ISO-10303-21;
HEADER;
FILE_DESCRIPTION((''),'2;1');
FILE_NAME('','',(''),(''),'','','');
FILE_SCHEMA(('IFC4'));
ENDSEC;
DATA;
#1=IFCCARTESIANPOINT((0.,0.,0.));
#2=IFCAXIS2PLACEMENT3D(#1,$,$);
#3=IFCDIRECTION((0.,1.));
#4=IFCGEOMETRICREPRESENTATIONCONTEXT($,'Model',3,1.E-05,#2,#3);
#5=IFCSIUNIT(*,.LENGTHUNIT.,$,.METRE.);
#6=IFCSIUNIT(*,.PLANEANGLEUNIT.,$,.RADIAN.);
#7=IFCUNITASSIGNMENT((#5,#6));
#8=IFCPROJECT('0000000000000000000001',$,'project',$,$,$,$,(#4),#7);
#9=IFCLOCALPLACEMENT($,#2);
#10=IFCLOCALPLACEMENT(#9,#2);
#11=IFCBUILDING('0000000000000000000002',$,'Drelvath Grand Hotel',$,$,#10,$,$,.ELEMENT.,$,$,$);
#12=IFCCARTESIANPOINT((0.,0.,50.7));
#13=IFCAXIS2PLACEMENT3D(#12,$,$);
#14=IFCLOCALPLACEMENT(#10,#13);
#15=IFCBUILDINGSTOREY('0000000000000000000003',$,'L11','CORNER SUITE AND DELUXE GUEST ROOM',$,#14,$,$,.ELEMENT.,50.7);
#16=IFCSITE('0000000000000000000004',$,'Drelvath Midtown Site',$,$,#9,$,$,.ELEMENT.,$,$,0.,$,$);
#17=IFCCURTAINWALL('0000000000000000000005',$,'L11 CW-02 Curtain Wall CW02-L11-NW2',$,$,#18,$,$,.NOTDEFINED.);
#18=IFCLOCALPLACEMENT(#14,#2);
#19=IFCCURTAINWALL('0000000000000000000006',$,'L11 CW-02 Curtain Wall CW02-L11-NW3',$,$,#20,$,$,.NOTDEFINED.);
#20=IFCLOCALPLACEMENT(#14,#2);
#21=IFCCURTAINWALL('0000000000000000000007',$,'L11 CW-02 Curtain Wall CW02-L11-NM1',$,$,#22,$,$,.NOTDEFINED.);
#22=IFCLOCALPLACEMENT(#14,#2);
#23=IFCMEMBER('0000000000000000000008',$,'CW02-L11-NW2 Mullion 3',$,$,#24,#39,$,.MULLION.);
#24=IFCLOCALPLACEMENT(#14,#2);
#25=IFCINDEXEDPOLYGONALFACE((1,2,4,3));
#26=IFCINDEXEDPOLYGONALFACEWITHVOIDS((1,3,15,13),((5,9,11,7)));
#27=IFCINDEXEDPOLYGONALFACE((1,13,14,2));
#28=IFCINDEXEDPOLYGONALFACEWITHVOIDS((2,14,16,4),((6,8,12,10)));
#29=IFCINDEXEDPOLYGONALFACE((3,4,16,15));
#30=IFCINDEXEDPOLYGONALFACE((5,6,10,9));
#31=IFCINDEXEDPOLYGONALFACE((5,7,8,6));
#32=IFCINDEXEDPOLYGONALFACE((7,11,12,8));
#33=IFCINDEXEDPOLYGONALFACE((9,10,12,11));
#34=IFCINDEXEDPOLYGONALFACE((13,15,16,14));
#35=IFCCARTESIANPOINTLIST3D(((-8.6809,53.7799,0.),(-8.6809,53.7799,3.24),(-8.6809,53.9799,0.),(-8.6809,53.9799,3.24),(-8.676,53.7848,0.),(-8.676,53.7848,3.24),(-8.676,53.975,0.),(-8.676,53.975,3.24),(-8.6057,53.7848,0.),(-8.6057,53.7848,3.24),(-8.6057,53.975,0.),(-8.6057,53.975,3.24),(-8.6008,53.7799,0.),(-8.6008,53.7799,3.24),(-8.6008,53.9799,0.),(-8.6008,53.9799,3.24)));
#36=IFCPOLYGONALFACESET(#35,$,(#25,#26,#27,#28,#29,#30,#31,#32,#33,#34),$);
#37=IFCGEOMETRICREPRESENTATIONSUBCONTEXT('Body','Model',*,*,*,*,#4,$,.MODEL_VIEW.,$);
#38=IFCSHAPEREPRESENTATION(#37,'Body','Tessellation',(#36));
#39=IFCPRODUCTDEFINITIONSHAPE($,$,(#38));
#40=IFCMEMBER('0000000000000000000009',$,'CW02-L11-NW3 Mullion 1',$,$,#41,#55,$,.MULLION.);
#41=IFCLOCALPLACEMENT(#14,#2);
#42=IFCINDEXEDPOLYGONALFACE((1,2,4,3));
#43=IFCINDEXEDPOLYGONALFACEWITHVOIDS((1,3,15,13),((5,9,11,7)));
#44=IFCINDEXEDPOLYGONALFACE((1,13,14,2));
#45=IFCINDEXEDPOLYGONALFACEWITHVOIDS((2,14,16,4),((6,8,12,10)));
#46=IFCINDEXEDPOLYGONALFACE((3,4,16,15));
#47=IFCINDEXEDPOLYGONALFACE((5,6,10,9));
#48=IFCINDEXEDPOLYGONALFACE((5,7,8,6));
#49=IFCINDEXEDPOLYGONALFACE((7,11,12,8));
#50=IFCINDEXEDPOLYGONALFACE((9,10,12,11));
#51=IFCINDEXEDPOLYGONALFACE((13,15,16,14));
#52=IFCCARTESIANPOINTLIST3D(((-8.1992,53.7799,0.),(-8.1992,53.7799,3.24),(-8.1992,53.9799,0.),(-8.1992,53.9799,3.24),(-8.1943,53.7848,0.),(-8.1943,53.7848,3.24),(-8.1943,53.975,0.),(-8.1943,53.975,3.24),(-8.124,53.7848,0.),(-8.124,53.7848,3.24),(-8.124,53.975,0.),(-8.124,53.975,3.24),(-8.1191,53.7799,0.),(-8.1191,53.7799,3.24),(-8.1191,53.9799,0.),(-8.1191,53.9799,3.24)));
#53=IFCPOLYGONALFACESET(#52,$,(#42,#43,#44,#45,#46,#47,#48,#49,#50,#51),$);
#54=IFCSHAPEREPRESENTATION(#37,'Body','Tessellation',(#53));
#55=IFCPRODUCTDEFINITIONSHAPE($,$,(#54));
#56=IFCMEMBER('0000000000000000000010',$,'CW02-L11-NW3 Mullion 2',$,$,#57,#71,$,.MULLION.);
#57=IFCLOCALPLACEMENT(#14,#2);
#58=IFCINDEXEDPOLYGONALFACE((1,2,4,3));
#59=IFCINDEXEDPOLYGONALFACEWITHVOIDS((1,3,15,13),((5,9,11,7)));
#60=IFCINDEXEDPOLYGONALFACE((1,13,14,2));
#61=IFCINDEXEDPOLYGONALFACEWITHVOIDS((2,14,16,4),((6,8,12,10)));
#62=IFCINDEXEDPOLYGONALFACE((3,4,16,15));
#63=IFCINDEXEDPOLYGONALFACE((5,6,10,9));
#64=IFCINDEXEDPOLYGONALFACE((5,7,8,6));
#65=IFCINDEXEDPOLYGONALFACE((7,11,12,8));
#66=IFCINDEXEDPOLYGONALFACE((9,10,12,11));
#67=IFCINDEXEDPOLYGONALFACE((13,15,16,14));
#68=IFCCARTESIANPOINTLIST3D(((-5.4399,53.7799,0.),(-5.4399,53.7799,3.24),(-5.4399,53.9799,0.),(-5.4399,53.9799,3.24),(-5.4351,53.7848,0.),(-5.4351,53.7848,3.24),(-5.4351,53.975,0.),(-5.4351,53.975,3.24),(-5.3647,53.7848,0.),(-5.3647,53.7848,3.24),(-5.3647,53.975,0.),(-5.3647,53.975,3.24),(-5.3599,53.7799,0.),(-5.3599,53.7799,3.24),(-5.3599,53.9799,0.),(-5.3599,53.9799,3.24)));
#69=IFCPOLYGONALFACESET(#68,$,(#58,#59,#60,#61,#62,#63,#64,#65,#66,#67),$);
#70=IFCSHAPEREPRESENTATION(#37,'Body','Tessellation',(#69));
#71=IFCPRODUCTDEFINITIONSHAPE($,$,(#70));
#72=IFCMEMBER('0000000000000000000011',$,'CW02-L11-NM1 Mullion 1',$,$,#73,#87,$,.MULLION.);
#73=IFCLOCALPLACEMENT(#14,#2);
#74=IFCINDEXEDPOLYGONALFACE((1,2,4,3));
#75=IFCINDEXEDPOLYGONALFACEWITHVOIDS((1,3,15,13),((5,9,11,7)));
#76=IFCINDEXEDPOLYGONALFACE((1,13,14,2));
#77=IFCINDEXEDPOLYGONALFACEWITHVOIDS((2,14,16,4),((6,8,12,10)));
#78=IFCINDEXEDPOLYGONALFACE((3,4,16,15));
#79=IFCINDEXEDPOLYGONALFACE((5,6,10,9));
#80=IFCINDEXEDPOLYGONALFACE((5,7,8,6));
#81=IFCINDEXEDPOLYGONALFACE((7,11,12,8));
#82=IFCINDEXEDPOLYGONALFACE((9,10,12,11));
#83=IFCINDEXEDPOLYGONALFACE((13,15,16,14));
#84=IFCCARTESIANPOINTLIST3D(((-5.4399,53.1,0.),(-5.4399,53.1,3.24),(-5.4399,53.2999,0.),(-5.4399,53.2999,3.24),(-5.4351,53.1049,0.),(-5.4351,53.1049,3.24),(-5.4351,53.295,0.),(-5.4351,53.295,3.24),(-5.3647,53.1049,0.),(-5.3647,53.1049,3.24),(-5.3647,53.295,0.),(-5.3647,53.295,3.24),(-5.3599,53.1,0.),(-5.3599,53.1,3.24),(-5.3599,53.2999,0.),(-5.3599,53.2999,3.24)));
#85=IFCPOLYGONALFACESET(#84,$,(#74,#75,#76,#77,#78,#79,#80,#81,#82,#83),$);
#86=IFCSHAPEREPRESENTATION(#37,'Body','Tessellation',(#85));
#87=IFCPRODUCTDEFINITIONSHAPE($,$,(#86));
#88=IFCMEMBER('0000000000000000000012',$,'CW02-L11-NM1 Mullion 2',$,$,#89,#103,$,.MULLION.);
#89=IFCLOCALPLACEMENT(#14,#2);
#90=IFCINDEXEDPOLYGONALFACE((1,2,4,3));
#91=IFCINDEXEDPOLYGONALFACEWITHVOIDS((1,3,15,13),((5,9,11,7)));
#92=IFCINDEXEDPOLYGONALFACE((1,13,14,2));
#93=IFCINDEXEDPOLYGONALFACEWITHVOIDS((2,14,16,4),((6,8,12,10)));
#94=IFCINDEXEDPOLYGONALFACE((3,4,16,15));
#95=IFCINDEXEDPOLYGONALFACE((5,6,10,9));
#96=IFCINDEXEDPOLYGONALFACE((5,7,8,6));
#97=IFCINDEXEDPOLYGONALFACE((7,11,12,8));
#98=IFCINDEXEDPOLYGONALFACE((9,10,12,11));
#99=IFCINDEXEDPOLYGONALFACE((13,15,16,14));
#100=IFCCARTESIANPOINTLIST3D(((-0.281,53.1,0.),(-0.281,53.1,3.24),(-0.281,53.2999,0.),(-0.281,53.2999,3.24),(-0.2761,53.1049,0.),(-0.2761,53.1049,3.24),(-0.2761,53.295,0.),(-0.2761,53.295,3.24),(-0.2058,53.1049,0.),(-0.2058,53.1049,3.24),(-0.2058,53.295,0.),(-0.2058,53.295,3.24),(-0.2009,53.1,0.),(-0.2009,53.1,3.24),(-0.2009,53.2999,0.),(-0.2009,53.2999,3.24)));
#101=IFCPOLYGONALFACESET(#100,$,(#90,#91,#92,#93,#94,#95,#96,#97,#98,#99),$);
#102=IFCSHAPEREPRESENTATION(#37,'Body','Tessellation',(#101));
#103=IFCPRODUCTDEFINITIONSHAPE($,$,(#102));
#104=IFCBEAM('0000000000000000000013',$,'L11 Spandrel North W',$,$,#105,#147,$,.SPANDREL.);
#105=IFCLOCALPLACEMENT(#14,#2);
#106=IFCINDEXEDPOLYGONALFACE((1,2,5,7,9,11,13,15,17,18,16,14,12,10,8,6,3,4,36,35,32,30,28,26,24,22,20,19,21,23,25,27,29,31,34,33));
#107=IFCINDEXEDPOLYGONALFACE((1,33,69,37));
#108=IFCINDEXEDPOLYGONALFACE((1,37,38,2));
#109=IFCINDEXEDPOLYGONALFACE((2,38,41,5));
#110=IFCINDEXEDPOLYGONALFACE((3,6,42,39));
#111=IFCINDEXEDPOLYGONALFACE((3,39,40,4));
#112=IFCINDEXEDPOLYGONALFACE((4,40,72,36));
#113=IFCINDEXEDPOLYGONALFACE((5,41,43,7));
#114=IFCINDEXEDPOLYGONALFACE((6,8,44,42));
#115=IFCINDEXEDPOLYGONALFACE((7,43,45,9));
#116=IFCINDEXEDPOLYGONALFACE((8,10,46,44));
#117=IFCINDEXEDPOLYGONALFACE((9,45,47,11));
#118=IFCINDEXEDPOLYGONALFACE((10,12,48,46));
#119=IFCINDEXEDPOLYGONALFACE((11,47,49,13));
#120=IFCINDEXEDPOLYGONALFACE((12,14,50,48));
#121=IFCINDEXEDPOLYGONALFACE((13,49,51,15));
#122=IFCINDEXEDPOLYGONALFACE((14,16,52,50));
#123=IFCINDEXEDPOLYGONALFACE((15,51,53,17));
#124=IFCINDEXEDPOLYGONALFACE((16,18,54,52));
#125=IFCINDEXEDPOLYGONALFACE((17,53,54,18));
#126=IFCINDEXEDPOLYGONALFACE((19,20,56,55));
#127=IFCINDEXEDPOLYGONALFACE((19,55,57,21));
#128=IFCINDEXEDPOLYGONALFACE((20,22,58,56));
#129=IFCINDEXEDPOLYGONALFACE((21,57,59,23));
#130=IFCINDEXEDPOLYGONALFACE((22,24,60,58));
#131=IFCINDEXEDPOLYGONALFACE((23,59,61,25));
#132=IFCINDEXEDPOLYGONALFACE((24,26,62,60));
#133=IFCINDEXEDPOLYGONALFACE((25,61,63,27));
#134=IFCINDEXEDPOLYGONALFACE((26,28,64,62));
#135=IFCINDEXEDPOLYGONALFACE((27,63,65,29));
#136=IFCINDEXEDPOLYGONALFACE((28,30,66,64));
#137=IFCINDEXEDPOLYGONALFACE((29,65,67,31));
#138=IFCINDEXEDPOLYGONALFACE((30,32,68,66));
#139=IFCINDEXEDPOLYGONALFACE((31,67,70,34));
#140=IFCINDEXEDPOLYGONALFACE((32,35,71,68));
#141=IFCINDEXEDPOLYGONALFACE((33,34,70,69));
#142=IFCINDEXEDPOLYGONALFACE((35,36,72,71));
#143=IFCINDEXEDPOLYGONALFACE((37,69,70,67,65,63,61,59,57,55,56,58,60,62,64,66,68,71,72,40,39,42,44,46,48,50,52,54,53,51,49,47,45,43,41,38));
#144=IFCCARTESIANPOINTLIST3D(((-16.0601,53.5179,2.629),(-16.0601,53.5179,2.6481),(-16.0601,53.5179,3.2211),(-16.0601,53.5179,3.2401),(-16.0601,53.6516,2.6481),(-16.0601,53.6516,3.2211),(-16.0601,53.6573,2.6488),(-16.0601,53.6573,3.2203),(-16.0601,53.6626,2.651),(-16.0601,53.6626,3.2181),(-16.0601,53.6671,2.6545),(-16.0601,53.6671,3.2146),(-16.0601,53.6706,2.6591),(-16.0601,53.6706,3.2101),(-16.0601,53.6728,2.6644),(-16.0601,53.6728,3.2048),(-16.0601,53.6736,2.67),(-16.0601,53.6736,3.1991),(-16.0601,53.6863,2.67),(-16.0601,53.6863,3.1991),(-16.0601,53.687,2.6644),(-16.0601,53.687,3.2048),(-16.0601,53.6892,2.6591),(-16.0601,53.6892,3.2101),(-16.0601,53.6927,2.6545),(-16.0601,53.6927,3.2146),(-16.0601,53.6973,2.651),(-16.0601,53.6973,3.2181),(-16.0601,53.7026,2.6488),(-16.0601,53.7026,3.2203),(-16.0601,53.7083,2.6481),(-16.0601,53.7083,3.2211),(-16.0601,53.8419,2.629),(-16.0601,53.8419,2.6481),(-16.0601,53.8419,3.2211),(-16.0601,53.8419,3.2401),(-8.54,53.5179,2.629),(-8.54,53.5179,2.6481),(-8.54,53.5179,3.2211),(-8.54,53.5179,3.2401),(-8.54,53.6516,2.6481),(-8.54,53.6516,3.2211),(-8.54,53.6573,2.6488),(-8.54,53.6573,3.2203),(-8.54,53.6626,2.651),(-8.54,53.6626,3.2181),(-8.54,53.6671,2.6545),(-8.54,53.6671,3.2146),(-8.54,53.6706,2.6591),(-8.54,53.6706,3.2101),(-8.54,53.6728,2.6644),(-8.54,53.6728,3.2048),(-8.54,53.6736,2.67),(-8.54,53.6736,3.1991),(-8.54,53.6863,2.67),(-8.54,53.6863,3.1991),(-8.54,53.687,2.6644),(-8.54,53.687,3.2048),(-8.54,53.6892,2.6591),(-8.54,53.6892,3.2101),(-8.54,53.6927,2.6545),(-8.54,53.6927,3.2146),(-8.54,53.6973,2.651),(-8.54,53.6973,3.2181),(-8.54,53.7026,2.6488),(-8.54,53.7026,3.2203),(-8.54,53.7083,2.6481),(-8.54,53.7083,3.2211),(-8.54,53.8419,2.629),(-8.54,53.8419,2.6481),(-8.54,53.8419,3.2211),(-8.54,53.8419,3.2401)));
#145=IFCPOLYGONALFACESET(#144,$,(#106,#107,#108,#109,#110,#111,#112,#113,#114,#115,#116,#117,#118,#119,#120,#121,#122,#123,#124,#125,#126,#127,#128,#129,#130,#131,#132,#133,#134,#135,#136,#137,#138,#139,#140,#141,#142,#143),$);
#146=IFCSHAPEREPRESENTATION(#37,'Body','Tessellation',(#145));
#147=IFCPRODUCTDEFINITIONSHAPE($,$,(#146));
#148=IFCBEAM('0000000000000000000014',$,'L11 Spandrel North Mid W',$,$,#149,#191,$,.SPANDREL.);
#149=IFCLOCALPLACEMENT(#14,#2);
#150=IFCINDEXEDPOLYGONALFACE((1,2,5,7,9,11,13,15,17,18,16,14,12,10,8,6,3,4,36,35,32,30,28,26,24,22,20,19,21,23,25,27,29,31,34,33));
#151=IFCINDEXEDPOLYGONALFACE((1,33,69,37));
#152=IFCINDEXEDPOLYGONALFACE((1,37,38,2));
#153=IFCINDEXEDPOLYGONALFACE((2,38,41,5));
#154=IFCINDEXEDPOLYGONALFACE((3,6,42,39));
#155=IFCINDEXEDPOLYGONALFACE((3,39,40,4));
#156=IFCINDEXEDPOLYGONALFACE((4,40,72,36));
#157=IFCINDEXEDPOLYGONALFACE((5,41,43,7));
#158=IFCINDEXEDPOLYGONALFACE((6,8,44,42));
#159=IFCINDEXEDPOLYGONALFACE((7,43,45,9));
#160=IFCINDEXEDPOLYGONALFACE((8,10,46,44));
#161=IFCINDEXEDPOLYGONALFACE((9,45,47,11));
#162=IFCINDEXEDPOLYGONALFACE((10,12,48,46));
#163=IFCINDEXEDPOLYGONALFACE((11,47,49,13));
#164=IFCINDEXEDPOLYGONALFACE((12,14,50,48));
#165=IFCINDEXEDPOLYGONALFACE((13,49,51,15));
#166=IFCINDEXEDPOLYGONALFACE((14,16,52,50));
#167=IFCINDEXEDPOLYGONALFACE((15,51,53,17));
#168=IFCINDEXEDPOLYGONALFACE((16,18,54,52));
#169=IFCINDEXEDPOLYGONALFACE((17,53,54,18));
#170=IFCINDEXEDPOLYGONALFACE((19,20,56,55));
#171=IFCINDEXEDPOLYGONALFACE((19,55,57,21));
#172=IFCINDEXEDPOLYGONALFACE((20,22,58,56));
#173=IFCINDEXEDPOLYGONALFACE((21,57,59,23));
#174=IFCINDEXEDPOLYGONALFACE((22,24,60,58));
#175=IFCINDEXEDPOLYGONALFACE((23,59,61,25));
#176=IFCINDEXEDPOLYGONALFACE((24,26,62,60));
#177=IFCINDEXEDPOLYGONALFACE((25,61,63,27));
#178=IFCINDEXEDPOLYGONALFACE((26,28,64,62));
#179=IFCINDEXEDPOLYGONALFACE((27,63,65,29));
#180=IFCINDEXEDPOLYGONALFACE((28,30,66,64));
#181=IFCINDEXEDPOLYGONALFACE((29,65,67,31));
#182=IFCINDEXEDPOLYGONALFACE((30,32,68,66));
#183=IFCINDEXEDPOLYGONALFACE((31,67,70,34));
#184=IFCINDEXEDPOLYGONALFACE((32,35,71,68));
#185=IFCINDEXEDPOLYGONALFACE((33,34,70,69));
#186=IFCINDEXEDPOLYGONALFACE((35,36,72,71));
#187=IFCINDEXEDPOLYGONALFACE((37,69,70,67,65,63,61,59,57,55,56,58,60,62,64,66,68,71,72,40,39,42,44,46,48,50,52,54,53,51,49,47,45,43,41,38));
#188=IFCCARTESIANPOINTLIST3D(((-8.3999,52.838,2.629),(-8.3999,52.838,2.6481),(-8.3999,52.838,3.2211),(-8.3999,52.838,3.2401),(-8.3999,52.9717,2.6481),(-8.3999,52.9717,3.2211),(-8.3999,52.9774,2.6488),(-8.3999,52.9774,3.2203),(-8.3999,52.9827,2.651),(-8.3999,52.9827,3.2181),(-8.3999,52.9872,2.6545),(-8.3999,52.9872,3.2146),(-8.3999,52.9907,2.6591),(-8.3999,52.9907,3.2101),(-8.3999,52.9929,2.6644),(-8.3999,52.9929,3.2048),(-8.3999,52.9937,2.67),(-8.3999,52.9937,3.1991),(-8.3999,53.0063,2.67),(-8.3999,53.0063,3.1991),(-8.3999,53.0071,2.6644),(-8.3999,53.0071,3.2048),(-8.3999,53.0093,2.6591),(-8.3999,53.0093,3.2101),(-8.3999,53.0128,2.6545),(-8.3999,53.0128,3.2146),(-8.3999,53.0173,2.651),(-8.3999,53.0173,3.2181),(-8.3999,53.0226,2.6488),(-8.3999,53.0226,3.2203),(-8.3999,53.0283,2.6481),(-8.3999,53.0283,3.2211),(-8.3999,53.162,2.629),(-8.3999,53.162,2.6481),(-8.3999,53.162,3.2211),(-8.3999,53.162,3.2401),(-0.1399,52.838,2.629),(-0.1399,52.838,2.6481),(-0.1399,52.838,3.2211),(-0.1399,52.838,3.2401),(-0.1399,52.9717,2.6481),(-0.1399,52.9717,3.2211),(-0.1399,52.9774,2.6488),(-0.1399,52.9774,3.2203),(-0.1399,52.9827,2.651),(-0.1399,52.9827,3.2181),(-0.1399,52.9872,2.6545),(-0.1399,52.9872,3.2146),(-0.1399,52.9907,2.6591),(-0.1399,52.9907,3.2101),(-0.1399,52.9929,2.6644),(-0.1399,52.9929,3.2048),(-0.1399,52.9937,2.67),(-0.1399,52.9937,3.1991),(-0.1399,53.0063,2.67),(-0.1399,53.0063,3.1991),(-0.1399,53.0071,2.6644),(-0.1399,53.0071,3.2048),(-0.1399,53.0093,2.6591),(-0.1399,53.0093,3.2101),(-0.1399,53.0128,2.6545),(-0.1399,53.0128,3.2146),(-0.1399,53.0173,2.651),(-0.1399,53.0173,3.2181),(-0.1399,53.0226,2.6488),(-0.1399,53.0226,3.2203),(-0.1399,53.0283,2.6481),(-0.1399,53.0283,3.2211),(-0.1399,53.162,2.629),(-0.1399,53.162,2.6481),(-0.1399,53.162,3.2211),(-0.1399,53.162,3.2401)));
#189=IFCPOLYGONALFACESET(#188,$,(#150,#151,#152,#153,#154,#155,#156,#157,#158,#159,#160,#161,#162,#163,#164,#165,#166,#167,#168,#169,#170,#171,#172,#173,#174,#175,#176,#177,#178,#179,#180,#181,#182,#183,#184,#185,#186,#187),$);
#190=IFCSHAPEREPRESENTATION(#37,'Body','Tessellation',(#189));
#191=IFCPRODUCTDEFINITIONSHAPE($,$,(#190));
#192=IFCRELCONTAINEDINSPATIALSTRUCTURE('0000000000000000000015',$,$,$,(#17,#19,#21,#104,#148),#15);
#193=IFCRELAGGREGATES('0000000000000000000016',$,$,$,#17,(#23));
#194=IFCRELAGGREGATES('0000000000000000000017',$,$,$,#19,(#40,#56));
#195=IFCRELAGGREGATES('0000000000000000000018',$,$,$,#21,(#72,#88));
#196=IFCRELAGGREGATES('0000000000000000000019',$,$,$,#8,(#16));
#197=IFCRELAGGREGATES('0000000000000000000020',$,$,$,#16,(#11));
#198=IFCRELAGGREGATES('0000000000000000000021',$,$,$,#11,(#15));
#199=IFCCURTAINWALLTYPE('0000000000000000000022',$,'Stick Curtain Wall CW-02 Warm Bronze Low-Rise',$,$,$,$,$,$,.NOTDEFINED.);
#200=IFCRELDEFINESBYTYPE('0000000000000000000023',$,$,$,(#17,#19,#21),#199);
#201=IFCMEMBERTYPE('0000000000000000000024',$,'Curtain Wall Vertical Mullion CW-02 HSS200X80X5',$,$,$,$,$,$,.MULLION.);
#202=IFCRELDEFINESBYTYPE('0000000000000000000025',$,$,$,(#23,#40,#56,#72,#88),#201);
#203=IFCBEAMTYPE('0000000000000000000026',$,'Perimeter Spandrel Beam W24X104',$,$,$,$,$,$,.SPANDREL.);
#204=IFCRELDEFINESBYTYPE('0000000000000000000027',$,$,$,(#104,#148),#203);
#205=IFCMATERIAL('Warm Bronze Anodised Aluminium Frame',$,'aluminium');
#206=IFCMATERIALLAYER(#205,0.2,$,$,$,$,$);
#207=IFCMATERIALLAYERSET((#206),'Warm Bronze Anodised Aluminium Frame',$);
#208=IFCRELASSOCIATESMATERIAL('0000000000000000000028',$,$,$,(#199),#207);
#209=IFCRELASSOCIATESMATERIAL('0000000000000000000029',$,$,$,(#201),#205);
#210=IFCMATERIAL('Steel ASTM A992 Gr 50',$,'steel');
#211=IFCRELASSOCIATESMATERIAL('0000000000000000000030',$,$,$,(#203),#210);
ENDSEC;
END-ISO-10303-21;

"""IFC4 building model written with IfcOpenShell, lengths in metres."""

from ifc_helpers import new_model, si_unit, direction, frame, origin, origin_2d, place, context, subcontext, project, spatial, hollow_rectangle, i_section, extrude, material, layer, layer_set, material_profile, profile_set, type_object, element, aggregate, save


model = new_model("IFC4")

# Units and contexts
model_context = context("Model", 3, precision=1e-05, world=origin(), true_north=direction((0.0, 1.0)))
body_context = subcontext(model_context, "Body", "Model", "MODEL_VIEW")
ifc_project = project(units=[si_unit("LENGTHUNIT", "METRE"), si_unit("PLANEANGLEUNIT", "RADIAN")], contexts=[model_context])

# Site, building, storey
site_placement = place(None, origin())
site = spatial("IfcSite", under=ifc_project, at=site_placement, Name="Drelvath Midtown Site", CompositionType="ELEMENT", RefElevation=0.0)
building_placement = place(site_placement, origin())
building = spatial("IfcBuilding", under=site, at=building_placement, Name="Drelvath Grand Hotel", CompositionType="ELEMENT")
storey_placement = place(building_placement, frame((0.0, 0.0, 50.7)))
storey = spatial("IfcBuildingStorey", under=building, at=storey_placement, Name="L11", Description="CORNER SUITE AND DELUXE GUEST ROOM", CompositionType="ELEMENT", Elevation=50.7)

# Curtain walls
ifc_material_1 = material(Name="Warm Bronze Anodised Aluminium Frame", Category="aluminium")
ifc_layer_1 = layer(ifc_material_1, 0.2)
ifc_layer_set_1 = layer_set([ifc_layer_1], Name="Warm Bronze Anodised Aluminium Frame")
curtain_wall_type = type_object("IfcCurtainWallType", Name="Stick Curtain Wall CW-02 Warm Bronze Low-Rise", PredefinedType="NOTDEFINED", material=ifc_layer_set_1)
curtain_wall_1_placement = place(storey_placement, origin())
curtain_wall_1 = element("IfcCurtainWall", 1, at=curtain_wall_1_placement, inside=storey, type_object=curtain_wall_type, Name="L11 CW-02 Curtain Wall CW02-L11-NW2", PredefinedType="NOTDEFINED")
curtain_wall_2_placement = place(storey_placement, origin())
curtain_wall_2 = element("IfcCurtainWall", 2, at=curtain_wall_2_placement, inside=storey, type_object=curtain_wall_type, Name="L11 CW-02 Curtain Wall CW02-L11-NW3", PredefinedType="NOTDEFINED")
curtain_wall_3_placement = place(storey_placement, origin())
curtain_wall_3 = element("IfcCurtainWall", 3, at=curtain_wall_3_placement, inside=storey, type_object=curtain_wall_type, Name="L11 CW-02 Curtain Wall CW02-L11-NM1", PredefinedType="NOTDEFINED")

# Members
ifc_material_profile_1 = material_profile(ifc_material_1, hollow_rectangle(XDim=0.0801, YDim=0.2, WallThickness=0.0049, at=origin_2d()), Name="HSS200X80X5")
ifc_profile_set_1 = profile_set([ifc_material_profile_1], Name="Warm Bronze Anodised Aluminium Frame")
member_type_1 = type_object("IfcMemberType", Name="Curtain Wall Vertical Mullion CW-02 HSS200X80X5", PredefinedType="MULLION", material=ifc_profile_set_1)
member_1_placement = place(storey_placement, frame((-8.6409, 53.8799, 0.0), z_axis=(0.0, 0.0, 1.0), x_axis=(1.0, 0.0, 0.0)))
member_1 = element("IfcMember", 4, at=member_1_placement, type_object=member_type_1, Name="CW02-L11-NW2 Mullion 3", PredefinedType="MULLION", context=body_context, shape_type="SweptSolid", body=[
    extrude(hollow_rectangle(XDim=0.0801, YDim=0.2, WallThickness=0.0049, at=origin_2d()), origin(), (0.0, 0.0, 1.0), 3.24),
])
member_2_placement = place(storey_placement, frame((-8.1592, 53.8799, 0.0), z_axis=(0.0, 0.0, 1.0), x_axis=(1.0, 0.0, 0.0)))
member_2 = element("IfcMember", 5, at=member_2_placement, type_object=member_type_1, Name="CW02-L11-NW3 Mullion 1", PredefinedType="MULLION", context=body_context, shape_type="SweptSolid", body=[
    extrude(hollow_rectangle(XDim=0.0801, YDim=0.2, WallThickness=0.0049, at=origin_2d()), origin(), (0.0, 0.0, 1.0), 3.24),
])
member_3_placement = place(storey_placement, frame((-5.3999, 53.8799, 0.0), z_axis=(0.0, 0.0, 1.0), x_axis=(1.0, 0.0, 0.0)))
member_3 = element("IfcMember", 6, at=member_3_placement, type_object=member_type_1, Name="CW02-L11-NW3 Mullion 2", PredefinedType="MULLION", context=body_context, shape_type="SweptSolid", body=[
    extrude(hollow_rectangle(XDim=0.0801, YDim=0.2, WallThickness=0.0049, at=origin_2d()), origin(), (0.0, 0.0, 1.0), 3.24),
])
member_4_placement = place(storey_placement, frame((-5.3999, 53.2, 0.0), z_axis=(0.0, 0.0, 1.0), x_axis=(1.0, 0.0, 0.0)))
member_4 = element("IfcMember", 7, at=member_4_placement, type_object=member_type_1, Name="CW02-L11-NM1 Mullion 1", PredefinedType="MULLION", context=body_context, shape_type="SweptSolid", body=[
    extrude(hollow_rectangle(XDim=0.0801, YDim=0.2, WallThickness=0.0049, at=origin_2d()), origin(), (0.0, 0.0, 1.0), 3.24),
])
member_5_placement = place(storey_placement, frame((-0.241, 53.2, 0.0), z_axis=(0.0, 0.0, 1.0), x_axis=(1.0, 0.0, 0.0)))
member_5 = element("IfcMember", 8, at=member_5_placement, type_object=member_type_1, Name="CW02-L11-NM1 Mullion 2", PredefinedType="MULLION", context=body_context, shape_type="SweptSolid", body=[
    extrude(hollow_rectangle(XDim=0.0801, YDim=0.2, WallThickness=0.0049, at=origin_2d()), origin(), (0.0, 0.0, 1.0), 3.24),
])

# Beams
ifc_material_2 = material(Name="Steel ASTM A992 Gr 50", Category="steel")
ifc_material_profile_2 = material_profile(ifc_material_2, i_section(OverallWidth=0.324, OverallDepth=0.6111, WebThickness=0.0127, FlangeThickness=0.019, FilletRadius=0.022, at=origin_2d()), Name="W24X104")
ifc_profile_set_2 = profile_set([ifc_material_profile_2], Name="Steel ASTM A992 Gr 50")
beam_type_1 = type_object("IfcBeamType", Name="Perimeter Spandrel Beam W24X104", PredefinedType="SPANDREL", material=ifc_profile_set_2)
beam_1_placement = place(storey_placement, frame((-16.0601, 53.6799, 2.9346), z_axis=(1.0, 0.0, 0.0), x_axis=(0.0, 1.0, 0.0)))
element("IfcBeam", 9, at=beam_1_placement, inside=storey, type_object=beam_type_1, Name="L11 Spandrel North W", PredefinedType="SPANDREL", context=body_context, shape_type="SweptSolid", body=[
    extrude(i_section(OverallWidth=0.324, OverallDepth=0.6111, WebThickness=0.0127, FlangeThickness=0.019, FilletRadius=0.022, at=origin_2d()), origin(), (0.0, 0.0, 1.0), 7.52),
])
beam_2_placement = place(storey_placement, frame((-8.3999, 53.0, 2.9346), z_axis=(1.0, 0.0, 0.0), x_axis=(0.0, 1.0, 0.0)))
element("IfcBeam", 10, at=beam_2_placement, inside=storey, type_object=beam_type_1, Name="L11 Spandrel North Mid W", PredefinedType="SPANDREL", context=body_context, shape_type="SweptSolid", body=[
    extrude(i_section(OverallWidth=0.324, OverallDepth=0.6111, WebThickness=0.0127, FlangeThickness=0.019, FilletRadius=0.022, at=origin_2d()), origin(), (0.0, 0.0, 1.0), 8.26),
])

aggregate(curtain_wall_1, [member_1])
aggregate(curtain_wall_2, [member_2, member_3])
aggregate(curtain_wall_3, [member_4, member_5])

save(model, "model.ifc")
